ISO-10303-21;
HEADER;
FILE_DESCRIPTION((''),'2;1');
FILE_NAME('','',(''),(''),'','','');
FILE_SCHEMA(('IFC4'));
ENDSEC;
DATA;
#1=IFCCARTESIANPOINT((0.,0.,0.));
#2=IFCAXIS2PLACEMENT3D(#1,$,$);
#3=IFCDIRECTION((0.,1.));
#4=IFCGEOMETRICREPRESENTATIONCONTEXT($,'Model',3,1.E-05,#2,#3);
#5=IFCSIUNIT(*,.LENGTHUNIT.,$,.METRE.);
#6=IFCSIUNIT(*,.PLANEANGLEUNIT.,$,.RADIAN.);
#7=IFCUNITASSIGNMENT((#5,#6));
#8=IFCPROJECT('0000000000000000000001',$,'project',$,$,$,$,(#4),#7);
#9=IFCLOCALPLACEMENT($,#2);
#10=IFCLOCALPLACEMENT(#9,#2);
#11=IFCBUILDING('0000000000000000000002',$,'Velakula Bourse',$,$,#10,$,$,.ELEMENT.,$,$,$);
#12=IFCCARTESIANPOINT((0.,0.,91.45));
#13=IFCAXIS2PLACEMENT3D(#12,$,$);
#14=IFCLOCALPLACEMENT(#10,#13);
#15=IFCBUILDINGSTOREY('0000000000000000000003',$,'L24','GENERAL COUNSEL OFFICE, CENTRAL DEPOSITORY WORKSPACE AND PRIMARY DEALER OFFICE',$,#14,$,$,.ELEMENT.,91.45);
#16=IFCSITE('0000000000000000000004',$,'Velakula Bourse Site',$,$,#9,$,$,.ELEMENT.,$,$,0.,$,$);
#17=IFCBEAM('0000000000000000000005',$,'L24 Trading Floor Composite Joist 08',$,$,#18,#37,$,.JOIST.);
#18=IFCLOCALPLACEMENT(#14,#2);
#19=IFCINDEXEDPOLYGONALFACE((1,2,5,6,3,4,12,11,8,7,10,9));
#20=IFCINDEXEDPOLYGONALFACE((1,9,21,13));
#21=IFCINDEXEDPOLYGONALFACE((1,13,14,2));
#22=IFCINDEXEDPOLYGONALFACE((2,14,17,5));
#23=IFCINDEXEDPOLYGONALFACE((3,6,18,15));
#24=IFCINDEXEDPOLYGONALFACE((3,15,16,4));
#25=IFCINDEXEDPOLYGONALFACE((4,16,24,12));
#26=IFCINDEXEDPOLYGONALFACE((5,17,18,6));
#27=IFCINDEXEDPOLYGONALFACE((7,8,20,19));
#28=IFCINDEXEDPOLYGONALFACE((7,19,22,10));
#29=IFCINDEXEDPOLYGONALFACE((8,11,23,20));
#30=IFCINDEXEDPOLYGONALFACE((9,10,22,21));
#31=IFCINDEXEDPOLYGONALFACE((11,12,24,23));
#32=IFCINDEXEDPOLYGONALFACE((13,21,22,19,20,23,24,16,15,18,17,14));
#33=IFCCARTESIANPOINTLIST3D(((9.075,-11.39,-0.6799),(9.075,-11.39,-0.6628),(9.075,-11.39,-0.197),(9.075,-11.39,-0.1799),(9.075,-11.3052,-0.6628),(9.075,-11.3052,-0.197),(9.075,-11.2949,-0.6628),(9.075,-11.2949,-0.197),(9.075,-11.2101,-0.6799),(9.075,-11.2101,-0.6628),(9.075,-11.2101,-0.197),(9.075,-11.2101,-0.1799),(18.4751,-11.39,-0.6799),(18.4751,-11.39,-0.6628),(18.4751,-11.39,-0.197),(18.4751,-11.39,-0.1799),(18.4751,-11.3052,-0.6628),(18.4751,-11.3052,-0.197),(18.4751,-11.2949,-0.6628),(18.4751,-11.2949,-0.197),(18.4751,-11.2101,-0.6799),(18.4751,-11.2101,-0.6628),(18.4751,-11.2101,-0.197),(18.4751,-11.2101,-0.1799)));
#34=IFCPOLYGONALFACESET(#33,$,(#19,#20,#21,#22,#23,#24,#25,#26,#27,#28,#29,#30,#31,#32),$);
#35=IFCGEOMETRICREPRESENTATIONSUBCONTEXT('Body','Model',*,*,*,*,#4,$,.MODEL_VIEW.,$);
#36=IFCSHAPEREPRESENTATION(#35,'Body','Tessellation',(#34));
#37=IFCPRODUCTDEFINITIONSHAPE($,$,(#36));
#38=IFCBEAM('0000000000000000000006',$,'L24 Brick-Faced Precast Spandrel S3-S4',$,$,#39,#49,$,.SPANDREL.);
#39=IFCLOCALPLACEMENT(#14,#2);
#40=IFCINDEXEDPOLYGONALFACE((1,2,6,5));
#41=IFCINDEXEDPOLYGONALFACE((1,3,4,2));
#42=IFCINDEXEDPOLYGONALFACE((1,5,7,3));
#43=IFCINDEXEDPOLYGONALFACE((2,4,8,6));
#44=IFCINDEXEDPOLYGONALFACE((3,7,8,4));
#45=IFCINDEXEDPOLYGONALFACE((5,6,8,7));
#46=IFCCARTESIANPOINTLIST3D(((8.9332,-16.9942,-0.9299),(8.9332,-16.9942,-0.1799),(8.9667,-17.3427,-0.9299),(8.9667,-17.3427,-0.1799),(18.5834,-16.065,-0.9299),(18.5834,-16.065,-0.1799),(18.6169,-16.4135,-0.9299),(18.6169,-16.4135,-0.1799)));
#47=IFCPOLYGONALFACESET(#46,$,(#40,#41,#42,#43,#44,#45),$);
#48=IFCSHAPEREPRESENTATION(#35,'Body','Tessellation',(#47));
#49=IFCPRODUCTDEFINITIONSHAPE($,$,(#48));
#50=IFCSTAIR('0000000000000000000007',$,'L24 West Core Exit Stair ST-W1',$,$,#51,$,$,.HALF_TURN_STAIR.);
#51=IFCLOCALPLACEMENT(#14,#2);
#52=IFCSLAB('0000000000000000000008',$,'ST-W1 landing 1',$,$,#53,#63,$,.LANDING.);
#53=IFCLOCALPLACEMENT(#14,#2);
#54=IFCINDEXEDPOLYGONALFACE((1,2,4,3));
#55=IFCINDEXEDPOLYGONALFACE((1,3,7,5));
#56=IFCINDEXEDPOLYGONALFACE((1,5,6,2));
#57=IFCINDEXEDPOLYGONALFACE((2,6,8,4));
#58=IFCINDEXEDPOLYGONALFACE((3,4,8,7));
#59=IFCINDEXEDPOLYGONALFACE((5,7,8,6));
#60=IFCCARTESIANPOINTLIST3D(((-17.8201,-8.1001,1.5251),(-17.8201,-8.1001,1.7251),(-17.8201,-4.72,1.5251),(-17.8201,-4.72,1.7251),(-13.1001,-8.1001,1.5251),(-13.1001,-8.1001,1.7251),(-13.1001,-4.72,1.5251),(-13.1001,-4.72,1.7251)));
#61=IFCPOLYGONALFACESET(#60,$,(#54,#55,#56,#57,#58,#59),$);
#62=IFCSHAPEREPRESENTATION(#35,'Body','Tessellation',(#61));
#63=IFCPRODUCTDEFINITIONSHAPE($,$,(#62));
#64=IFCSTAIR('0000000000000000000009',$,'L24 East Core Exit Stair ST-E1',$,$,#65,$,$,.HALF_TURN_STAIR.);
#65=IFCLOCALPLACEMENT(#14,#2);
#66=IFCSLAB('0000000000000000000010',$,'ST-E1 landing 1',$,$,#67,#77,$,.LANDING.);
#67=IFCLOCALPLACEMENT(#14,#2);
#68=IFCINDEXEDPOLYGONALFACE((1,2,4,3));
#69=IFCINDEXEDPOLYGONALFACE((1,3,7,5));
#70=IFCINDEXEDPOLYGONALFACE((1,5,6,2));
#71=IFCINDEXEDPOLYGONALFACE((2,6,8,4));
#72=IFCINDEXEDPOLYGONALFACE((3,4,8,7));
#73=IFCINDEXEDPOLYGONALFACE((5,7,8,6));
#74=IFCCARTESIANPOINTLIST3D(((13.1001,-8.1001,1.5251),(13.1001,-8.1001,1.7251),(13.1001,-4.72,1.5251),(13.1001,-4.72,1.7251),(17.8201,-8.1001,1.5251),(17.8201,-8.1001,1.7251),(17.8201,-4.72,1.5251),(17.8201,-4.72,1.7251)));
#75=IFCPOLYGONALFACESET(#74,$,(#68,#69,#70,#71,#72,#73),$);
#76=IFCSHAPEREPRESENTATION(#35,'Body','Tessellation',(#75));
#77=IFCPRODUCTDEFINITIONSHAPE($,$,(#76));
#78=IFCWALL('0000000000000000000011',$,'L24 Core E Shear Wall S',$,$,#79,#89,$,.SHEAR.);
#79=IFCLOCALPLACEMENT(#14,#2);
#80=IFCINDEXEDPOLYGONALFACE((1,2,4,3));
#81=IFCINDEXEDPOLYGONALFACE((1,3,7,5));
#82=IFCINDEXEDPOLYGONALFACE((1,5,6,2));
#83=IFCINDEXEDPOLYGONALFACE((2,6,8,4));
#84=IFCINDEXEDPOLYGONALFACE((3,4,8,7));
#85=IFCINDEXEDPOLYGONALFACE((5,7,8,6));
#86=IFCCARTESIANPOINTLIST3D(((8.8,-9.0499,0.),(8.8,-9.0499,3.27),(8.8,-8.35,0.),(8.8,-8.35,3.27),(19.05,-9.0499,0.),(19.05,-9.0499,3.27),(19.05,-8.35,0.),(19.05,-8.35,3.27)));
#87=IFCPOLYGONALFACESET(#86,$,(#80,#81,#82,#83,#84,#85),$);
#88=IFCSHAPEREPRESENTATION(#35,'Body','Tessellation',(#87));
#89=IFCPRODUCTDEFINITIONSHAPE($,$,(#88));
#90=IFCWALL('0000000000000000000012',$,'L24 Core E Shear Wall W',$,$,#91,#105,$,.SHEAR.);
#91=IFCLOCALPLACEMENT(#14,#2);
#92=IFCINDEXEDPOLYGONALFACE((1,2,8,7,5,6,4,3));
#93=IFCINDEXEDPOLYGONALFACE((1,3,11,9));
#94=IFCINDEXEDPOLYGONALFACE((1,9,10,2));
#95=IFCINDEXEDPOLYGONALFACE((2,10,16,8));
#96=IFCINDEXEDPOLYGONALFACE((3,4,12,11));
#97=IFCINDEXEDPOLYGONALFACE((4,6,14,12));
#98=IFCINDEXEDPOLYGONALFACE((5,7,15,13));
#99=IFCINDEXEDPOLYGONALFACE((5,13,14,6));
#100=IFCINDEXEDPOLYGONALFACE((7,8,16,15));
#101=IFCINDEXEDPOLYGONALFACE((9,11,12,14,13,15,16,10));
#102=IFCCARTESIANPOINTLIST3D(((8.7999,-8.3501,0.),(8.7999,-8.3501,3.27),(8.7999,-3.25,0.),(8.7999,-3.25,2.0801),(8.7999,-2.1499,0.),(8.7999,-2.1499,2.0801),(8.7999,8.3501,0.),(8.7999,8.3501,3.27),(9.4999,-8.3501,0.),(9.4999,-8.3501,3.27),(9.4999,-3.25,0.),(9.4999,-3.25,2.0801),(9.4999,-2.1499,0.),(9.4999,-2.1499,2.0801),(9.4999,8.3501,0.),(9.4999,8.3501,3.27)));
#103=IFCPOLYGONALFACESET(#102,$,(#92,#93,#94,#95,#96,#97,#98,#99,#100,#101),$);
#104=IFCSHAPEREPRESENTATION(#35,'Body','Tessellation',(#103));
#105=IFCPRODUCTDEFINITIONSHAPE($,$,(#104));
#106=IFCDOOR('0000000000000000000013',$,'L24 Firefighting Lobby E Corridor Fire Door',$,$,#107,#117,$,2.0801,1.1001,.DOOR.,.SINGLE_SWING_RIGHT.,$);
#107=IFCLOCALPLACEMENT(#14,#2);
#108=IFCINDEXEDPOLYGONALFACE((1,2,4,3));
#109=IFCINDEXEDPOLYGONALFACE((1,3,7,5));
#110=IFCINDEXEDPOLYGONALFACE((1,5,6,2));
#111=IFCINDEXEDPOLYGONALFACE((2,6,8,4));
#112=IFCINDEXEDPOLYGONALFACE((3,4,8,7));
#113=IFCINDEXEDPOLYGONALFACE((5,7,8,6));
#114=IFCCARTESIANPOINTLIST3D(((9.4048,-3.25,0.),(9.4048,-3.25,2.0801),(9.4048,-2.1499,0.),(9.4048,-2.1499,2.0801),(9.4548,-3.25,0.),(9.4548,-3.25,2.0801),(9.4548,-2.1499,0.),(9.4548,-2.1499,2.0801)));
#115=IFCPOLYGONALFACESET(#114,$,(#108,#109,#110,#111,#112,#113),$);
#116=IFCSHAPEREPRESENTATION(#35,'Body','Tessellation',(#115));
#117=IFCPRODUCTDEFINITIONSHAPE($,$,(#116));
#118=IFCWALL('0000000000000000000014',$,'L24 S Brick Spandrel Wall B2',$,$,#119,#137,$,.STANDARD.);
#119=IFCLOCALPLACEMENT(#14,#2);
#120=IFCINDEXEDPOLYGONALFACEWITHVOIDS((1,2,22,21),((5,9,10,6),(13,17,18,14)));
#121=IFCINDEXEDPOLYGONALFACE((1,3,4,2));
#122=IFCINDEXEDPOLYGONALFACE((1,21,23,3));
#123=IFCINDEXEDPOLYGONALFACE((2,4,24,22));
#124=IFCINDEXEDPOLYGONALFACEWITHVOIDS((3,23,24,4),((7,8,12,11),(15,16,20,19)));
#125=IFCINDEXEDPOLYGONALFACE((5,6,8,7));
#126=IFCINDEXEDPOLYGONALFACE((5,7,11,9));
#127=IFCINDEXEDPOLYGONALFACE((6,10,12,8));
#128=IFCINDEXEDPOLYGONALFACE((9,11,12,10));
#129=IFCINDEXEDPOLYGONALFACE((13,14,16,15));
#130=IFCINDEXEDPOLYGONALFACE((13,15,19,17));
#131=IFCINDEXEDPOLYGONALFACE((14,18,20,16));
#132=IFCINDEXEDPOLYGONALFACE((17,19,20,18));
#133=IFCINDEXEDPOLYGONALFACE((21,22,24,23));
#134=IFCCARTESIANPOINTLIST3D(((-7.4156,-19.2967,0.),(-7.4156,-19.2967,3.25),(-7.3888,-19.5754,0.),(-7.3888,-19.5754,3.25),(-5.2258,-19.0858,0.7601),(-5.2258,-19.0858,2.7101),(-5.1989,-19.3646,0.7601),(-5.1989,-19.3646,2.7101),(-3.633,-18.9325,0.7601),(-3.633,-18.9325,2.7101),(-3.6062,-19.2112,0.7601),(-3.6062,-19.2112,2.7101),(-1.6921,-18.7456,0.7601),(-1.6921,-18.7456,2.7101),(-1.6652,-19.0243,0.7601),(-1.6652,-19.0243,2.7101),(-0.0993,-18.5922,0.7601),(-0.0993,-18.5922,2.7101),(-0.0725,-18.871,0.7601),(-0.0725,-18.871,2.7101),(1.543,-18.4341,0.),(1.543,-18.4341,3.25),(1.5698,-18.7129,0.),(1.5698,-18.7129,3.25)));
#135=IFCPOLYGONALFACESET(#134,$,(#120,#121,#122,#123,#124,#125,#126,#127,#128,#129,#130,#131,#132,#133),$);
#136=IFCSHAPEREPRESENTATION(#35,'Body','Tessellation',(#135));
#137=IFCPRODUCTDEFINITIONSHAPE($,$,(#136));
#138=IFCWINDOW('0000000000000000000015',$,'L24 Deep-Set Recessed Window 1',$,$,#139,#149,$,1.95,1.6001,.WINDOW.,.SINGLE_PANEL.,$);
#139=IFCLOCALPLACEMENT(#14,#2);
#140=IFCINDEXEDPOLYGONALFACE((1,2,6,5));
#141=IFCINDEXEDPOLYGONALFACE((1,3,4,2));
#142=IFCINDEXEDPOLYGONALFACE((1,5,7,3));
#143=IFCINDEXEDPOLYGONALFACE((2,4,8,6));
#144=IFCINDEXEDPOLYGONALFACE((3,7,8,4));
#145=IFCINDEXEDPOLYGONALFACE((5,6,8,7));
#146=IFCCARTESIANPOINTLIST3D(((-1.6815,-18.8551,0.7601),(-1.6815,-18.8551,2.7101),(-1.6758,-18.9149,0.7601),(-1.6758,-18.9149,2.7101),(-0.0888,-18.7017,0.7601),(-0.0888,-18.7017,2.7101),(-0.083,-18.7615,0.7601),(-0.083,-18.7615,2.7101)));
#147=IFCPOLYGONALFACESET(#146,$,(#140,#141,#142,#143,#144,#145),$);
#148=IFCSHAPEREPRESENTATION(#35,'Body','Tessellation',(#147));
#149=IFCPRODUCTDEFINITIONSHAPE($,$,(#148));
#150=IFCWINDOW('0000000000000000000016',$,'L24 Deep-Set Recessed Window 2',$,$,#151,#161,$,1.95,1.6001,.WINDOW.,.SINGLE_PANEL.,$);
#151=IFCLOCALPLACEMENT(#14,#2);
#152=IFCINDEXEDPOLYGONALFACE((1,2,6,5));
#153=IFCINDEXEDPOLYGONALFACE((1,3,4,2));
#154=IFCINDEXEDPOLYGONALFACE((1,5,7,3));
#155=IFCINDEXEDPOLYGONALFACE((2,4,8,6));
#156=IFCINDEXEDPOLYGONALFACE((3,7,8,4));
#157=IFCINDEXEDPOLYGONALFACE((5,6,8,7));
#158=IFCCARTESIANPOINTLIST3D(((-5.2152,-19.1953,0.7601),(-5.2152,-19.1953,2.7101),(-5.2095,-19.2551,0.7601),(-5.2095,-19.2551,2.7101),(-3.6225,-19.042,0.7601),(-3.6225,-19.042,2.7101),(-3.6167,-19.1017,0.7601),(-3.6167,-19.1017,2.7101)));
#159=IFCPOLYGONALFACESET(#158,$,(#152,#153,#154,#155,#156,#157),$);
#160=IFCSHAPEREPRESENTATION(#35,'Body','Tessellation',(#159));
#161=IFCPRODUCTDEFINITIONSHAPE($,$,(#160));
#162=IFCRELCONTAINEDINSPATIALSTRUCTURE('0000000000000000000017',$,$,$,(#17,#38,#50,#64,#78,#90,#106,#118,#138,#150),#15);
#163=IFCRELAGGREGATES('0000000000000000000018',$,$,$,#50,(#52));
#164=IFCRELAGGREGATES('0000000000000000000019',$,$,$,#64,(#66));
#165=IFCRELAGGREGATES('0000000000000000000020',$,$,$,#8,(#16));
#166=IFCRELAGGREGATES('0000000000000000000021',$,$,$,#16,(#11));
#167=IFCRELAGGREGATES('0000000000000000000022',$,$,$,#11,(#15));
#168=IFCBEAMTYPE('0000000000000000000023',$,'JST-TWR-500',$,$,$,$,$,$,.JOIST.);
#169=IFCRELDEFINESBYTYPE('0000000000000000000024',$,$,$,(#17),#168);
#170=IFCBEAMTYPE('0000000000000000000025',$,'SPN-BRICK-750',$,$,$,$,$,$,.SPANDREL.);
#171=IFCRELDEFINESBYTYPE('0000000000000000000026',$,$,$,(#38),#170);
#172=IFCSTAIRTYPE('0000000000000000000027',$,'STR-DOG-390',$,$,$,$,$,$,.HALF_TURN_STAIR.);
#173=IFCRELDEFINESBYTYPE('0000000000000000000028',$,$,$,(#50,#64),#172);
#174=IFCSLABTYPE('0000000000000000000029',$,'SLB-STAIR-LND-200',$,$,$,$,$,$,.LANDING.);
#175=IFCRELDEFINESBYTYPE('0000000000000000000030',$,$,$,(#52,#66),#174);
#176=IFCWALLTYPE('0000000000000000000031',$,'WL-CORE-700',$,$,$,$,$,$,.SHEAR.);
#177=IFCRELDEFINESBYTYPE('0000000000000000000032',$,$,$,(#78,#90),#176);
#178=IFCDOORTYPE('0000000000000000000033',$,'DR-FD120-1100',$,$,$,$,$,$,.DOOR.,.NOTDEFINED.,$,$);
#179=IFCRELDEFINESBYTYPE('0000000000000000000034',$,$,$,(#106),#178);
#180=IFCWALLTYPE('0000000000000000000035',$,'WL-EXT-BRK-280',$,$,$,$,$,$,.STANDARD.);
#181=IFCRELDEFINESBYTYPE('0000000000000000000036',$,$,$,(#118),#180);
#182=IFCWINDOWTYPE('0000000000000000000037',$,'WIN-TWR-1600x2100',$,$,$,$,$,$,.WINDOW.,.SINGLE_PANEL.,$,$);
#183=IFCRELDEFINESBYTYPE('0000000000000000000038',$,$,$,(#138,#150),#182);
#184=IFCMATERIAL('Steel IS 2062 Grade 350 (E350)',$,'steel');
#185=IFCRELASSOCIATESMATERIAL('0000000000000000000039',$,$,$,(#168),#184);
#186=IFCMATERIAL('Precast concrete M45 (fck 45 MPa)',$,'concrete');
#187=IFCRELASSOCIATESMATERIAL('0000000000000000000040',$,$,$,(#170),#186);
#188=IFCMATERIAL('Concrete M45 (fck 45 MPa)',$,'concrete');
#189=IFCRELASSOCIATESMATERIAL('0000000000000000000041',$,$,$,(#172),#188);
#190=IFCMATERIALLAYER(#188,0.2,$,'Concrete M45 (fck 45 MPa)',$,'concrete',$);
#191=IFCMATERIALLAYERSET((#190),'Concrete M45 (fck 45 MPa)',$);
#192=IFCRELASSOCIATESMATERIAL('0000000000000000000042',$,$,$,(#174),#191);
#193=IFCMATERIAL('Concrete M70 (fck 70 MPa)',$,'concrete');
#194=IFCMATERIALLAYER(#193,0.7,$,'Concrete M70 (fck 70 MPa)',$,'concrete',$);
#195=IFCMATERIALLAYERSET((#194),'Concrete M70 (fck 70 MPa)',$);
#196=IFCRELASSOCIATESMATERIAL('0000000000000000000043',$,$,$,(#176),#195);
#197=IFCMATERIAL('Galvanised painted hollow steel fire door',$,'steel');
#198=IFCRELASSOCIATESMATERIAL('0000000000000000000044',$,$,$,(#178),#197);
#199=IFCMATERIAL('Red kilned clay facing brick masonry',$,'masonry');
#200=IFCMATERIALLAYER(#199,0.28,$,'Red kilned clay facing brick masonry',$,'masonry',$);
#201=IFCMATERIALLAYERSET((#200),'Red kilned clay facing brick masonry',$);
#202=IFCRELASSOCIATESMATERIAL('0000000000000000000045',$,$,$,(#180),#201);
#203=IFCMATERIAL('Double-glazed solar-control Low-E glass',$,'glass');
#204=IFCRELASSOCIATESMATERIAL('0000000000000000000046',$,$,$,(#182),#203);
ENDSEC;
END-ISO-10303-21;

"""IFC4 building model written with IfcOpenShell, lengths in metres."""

from ifc_helpers import new_model, si_unit, direction, frame, frame_2d, origin, origin_2d, place, context, subcontext, project, spatial, polyline, rectangle, i_section, outline, extrude, material, layer, layer_set, material_profile, profile_set, type_object, element, fill, aggregate, save


model = new_model("IFC4")

# Units and contexts
model_context = context("Model", 3, precision=1e-05, world=origin(), true_north=direction((0.0, 1.0)))
body_context = subcontext(model_context, "Body", "Model", "MODEL_VIEW")
ifc_project = project(units=[si_unit("LENGTHUNIT", "METRE"), si_unit("PLANEANGLEUNIT", "RADIAN")], contexts=[model_context])

# Site, building, storey
site_placement = place(None, origin())
site = spatial("IfcSite", under=ifc_project, at=site_placement, Name="Velakula Bourse Site", CompositionType="ELEMENT", RefElevation=0.0)
building_placement = place(site_placement, origin())
building = spatial("IfcBuilding", under=site, at=building_placement, Name="Velakula Bourse", CompositionType="ELEMENT")
storey_placement = place(building_placement, frame((0.0, 0.0, 91.45)))
storey = spatial("IfcBuildingStorey", under=building, at=storey_placement, Name="L24", Description="GENERAL COUNSEL OFFICE, CENTRAL DEPOSITORY WORKSPACE AND PRIMARY DEALER OFFICE", CompositionType="ELEMENT", Elevation=91.45)

# Shared definitions
ifc_material_1 = material(Name="Concrete M70 (fck 70 MPa)", Category="concrete")

# Beams
ifc_material_2 = material(Name="Steel IS 2062 Grade 350 (E350)", Category="steel")
ifc_material_profile_1 = material_profile(ifc_material_2, i_section(OverallWidth=0.1799, OverallDepth=0.5, WebThickness=0.0103, FlangeThickness=0.0171, at=origin_2d()), Name="Steel IS 2062 Grade 350 (E350)")
ifc_profile_set_1 = profile_set([ifc_material_profile_1], Name="Steel IS 2062 Grade 350 (E350)")
beam_type_1 = type_object("IfcBeamType", Name="JST-TWR-500", PredefinedType="JOIST", material=ifc_profile_set_1)
beam_1_placement = place(storey_placement, frame((9.075, -11.3, -0.4299), z_axis=(1.0, 0.0, 0.0), x_axis=(0.0, 1.0, 0.0)))
element("IfcBeam", 1, at=beam_1_placement, inside=storey, type_object=beam_type_1, Name="L24 Trading Floor Composite Joist 08", PredefinedType="JOIST", context=body_context, shape_type="SweptSolid", body=[
    extrude(i_section(OverallWidth=0.1799, OverallDepth=0.5, WebThickness=0.0103, FlangeThickness=0.0171, at=origin_2d()), origin(), (0.0, 0.0, 1.0), 9.4001),
])
ifc_material_3 = material(Name="Precast concrete M45 (fck 45 MPa)", Category="concrete")
ifc_material_profile_2 = material_profile(ifc_material_3, rectangle(XDim=0.3501, YDim=0.75, at=origin_2d()), Name="Precast concrete M45 (fck 45 MPa)")
ifc_profile_set_2 = profile_set([ifc_material_profile_2], Name="Precast concrete M45 (fck 45 MPa)")
beam_type_2 = type_object("IfcBeamType", Name="SPN-BRICK-750", PredefinedType="SPANDREL", material=ifc_profile_set_2)
beam_2_placement = place(storey_placement, frame((8.95, -17.1685, -0.5549), z_axis=(0.995396, 0.095845, 0.0), x_axis=(-0.095845, 0.995396, 0.0)))
element("IfcBeam", 2, at=beam_2_placement, inside=storey, type_object=beam_type_2, Name="L24 Brick-Faced Precast Spandrel S3-S4", PredefinedType="SPANDREL", context=body_context, shape_type="SweptSolid", body=[
    extrude(rectangle(XDim=0.3501, YDim=0.75, at=origin_2d()), origin(), (0.0, 0.0, 1.0), 9.6948),
])

# Stairs, slabs
ifc_material_4 = material(Name="Concrete M45 (fck 45 MPa)", Category="concrete")
stair_type = type_object("IfcStairType", Name="STR-DOG-390", PredefinedType="HALF_TURN_STAIR", material=ifc_material_4)
stair_1_placement = place(storey_placement, origin())
stair_1 = element("IfcStair", 3, at=stair_1_placement, inside=storey, type_object=stair_type, Name="L24 West Core Exit Stair ST-W1", PredefinedType="HALF_TURN_STAIR")
ifc_layer_1 = layer(ifc_material_4, 0.2, Name="Concrete M45 (fck 45 MPa)", Category="concrete")
ifc_layer_set_1 = layer_set([ifc_layer_1], Name="Concrete M45 (fck 45 MPa)")
slab_type = type_object("IfcSlabType", Name="SLB-STAIR-LND-200", PredefinedType="LANDING", material=ifc_layer_set_1)
slab_1_placement = place(storey_placement, frame((0.0, 0.0, 1.5251)))
slab_1 = element("IfcSlab", 4, at=slab_1_placement, type_object=slab_type, Name="ST-W1 landing 1", PredefinedType="LANDING", context=body_context, shape_type="SweptSolid", body=[
    extrude(outline(polyline([(-17.8201, -4.72), (-17.8201, -8.1001), (-13.1001, -8.1001), (-13.1001, -4.72), (-17.8201, -4.72)])), origin(), (0.0, 0.0, 1.0), 0.2),
])
aggregate(stair_1, [slab_1])
stair_2_placement = place(storey_placement, origin())
stair_2 = element("IfcStair", 5, at=stair_2_placement, inside=storey, type_object=stair_type, Name="L24 East Core Exit Stair ST-E1", PredefinedType="HALF_TURN_STAIR")
slab_2_placement = place(storey_placement, frame((0.0, 0.0, 1.5251)))
slab_2 = element("IfcSlab", 6, at=slab_2_placement, type_object=slab_type, Name="ST-E1 landing 1", PredefinedType="LANDING", context=body_context, shape_type="SweptSolid", body=[
    extrude(outline(polyline([(13.1001, -4.72), (13.1001, -8.1001), (17.8201, -8.1001), (17.8201, -4.72), (13.1001, -4.72)])), origin(), (0.0, 0.0, 1.0), 0.2),
])
aggregate(stair_2, [slab_2])

# Wall
ifc_layer_2 = layer(ifc_material_1, 0.7, Name="Concrete M70 (fck 70 MPa)", Category="concrete")
ifc_layer_set_2 = layer_set([ifc_layer_2], Name="Concrete M70 (fck 70 MPa)")
wall_type_1 = type_object("IfcWallType", Name="WL-CORE-700", PredefinedType="SHEAR", material=ifc_layer_set_2)
wall_1_placement = place(storey_placement, frame((8.8, -8.7, 0.0), z_axis=(0.0, 0.0, 1.0), x_axis=(1.0, 0.0, 0.0)))
element("IfcWall", 7, at=wall_1_placement, inside=storey, type_object=wall_type_1, Name="L24 Core E Shear Wall S", PredefinedType="SHEAR", context=body_context, shape_type="SweptSolid", body=[
    extrude(rectangle(XDim=10.25, YDim=0.7, at=frame_2d((5.125, 0.0))), origin(), (0.0, 0.0, 1.0), 3.27),
])

# Wall, opening, door
wall_2_placement = place(storey_placement, frame((9.1499, -8.3501, 0.0), z_axis=(0.0, 0.0, 1.0), x_axis=(0.0, 1.0, 0.0)))
wall_2 = element("IfcWall", 8, at=wall_2_placement, inside=storey, type_object=wall_type_1, Name="L24 Core E Shear Wall W", PredefinedType="SHEAR", context=body_context, shape_type="SweptSolid", body=[
    extrude(rectangle(XDim=16.7002, YDim=0.7, at=frame_2d((8.3501, 0.0))), origin(), (0.0, 0.0, 1.0), 3.27),
])
opening_1_placement = place(wall_2_placement, frame((5.1001, 0.0, 0.0)))
opening_1 = element("IfcOpeningElement", 9, at=opening_1_placement, cuts=wall_2, PredefinedType="OPENING", context=body_context, shape_type="SweptSolid", body=[
    extrude(rectangle(XDim=1.1001, YDim=2.0801, at=frame_2d((0.55, 1.04))), frame((0.0, 0.3599, 0.0), z_axis=(0.0, -1.0, 0.0), x_axis=(1.0, 0.0, 0.0)), (0.0, 0.0, 1.0), 0.72),
])
ifc_material_5 = material(Name="Galvanised painted hollow steel fire door", Category="steel")
door_type_1 = type_object("IfcDoorType", Name="DR-FD120-1100", OperationType="NOTDEFINED", PredefinedType="DOOR", material=ifc_material_5)
door_1_placement = place(opening_1_placement, origin())
door_1 = element("IfcDoor", 10, at=door_1_placement, inside=storey, type_object=door_type_1, Name="L24 Firefighting Lobby E Corridor Fire Door", OperationType="SINGLE_SWING_RIGHT", OverallHeight=2.0801, OverallWidth=1.1001, PredefinedType="DOOR", context=body_context, shape_type="SweptSolid", body=[
    extrude(rectangle(XDim=1.1001, YDim=2.0801, at=frame_2d((0.55, 1.04))), frame((0.0, -0.2549, 0.0), z_axis=(0.0, -1.0, 0.0), x_axis=(1.0, 0.0, 0.0)), (0.0, 0.0, 1.0), 0.05),
])
fill(opening_1, door_1)

# Wall, openings, windows
ifc_material_6 = material(Name="Red kilned clay facing brick masonry", Category="masonry")
ifc_layer_3 = layer(ifc_material_6, 0.28, Name="Red kilned clay facing brick masonry", Category="masonry")
ifc_layer_set_3 = layer_set([ifc_layer_3], Name="Red kilned clay facing brick masonry")
wall_type_2 = type_object("IfcWallType", Name="WL-EXT-BRK-280", PredefinedType="STANDARD", material=ifc_layer_set_3)
wall_3_placement = place(storey_placement, frame((1.5564, -18.5735, 0.0), z_axis=(0.0, 0.0, 1.0), x_axis=(-0.995397, -0.09584, 0.0)))
wall_3 = element("IfcWall", 11, at=wall_3_placement, inside=storey, type_object=wall_type_2, Name="L24 S Brick Spandrel Wall B2", PredefinedType="STANDARD", context=body_context, shape_type="SweptSolid", body=[
    extrude(rectangle(XDim=9.0, YDim=0.28, at=frame_2d((4.5, 0.0))), origin(), (0.0, 0.0, 1.0), 3.25),
])
opening_2_placement = place(wall_3_placement, frame((1.6499, 0.0, 0.76)))
opening_2 = element("IfcOpeningElement", 12, at=opening_2_placement, cuts=wall_3, PredefinedType="OPENING", context=body_context, shape_type="SweptSolid", body=[
    extrude(rectangle(XDim=1.6001, YDim=1.95, at=frame_2d((0.8, 0.9751))), frame((0.0, 0.1499, 0.0), z_axis=(0.0, -1.0, 0.0), x_axis=(1.0, 0.0, 0.0)), (0.0, 0.0, 1.0), 0.3),
])
opening_3_placement = place(wall_3_placement, frame((5.2, 0.0, 0.76)))
opening_3 = element("IfcOpeningElement", 13, at=opening_3_placement, cuts=wall_3, PredefinedType="OPENING", context=body_context, shape_type="SweptSolid", body=[
    extrude(rectangle(XDim=1.6001, YDim=1.95, at=frame_2d((0.8, 0.9751))), frame((0.0, 0.1499, 0.0), z_axis=(0.0, -1.0, 0.0), x_axis=(1.0, 0.0, 0.0)), (0.0, 0.0, 1.0), 0.3),
])
ifc_material_7 = material(Name="Double-glazed solar-control Low-E glass", Category="glass")
window_type = type_object("IfcWindowType", Name="WIN-TWR-1600x2100", PartitioningType="SINGLE_PANEL", PredefinedType="WINDOW", material=ifc_material_7)
window_1_placement = place(opening_2_placement, origin())
window_1 = element("IfcWindow", 14, at=window_1_placement, inside=storey, type_object=window_type, Name="L24 Deep-Set Recessed Window 1", OverallHeight=1.95, OverallWidth=1.6001, PartitioningType="SINGLE_PANEL", PredefinedType="WINDOW", context=body_context, shape_type="SweptSolid", body=[
    extrude(rectangle(XDim=1.6001, YDim=1.95, at=frame_2d((0.8, 0.9751))), frame((0.0, 0.03, 0.0), z_axis=(0.0, -1.0, 0.0), x_axis=(1.0, 0.0, 0.0)), (0.0, 0.0, 1.0), 0.0601),
])
fill(opening_2, window_1)
window_2_placement = place(opening_3_placement, origin())
window_2 = element("IfcWindow", 15, at=window_2_placement, inside=storey, type_object=window_type, Name="L24 Deep-Set Recessed Window 2", OverallHeight=1.95, OverallWidth=1.6001, PartitioningType="SINGLE_PANEL", PredefinedType="WINDOW", context=body_context, shape_type="SweptSolid", body=[
    extrude(rectangle(XDim=1.6001, YDim=1.95, at=frame_2d((0.8, 0.9751))), frame((0.0, 0.03, 0.0), z_axis=(0.0, -1.0, 0.0), x_axis=(1.0, 0.0, 0.0)), (0.0, 0.0, 1.0), 0.0601),
])
fill(opening_3, window_2)

save(model, "model.ifc")
